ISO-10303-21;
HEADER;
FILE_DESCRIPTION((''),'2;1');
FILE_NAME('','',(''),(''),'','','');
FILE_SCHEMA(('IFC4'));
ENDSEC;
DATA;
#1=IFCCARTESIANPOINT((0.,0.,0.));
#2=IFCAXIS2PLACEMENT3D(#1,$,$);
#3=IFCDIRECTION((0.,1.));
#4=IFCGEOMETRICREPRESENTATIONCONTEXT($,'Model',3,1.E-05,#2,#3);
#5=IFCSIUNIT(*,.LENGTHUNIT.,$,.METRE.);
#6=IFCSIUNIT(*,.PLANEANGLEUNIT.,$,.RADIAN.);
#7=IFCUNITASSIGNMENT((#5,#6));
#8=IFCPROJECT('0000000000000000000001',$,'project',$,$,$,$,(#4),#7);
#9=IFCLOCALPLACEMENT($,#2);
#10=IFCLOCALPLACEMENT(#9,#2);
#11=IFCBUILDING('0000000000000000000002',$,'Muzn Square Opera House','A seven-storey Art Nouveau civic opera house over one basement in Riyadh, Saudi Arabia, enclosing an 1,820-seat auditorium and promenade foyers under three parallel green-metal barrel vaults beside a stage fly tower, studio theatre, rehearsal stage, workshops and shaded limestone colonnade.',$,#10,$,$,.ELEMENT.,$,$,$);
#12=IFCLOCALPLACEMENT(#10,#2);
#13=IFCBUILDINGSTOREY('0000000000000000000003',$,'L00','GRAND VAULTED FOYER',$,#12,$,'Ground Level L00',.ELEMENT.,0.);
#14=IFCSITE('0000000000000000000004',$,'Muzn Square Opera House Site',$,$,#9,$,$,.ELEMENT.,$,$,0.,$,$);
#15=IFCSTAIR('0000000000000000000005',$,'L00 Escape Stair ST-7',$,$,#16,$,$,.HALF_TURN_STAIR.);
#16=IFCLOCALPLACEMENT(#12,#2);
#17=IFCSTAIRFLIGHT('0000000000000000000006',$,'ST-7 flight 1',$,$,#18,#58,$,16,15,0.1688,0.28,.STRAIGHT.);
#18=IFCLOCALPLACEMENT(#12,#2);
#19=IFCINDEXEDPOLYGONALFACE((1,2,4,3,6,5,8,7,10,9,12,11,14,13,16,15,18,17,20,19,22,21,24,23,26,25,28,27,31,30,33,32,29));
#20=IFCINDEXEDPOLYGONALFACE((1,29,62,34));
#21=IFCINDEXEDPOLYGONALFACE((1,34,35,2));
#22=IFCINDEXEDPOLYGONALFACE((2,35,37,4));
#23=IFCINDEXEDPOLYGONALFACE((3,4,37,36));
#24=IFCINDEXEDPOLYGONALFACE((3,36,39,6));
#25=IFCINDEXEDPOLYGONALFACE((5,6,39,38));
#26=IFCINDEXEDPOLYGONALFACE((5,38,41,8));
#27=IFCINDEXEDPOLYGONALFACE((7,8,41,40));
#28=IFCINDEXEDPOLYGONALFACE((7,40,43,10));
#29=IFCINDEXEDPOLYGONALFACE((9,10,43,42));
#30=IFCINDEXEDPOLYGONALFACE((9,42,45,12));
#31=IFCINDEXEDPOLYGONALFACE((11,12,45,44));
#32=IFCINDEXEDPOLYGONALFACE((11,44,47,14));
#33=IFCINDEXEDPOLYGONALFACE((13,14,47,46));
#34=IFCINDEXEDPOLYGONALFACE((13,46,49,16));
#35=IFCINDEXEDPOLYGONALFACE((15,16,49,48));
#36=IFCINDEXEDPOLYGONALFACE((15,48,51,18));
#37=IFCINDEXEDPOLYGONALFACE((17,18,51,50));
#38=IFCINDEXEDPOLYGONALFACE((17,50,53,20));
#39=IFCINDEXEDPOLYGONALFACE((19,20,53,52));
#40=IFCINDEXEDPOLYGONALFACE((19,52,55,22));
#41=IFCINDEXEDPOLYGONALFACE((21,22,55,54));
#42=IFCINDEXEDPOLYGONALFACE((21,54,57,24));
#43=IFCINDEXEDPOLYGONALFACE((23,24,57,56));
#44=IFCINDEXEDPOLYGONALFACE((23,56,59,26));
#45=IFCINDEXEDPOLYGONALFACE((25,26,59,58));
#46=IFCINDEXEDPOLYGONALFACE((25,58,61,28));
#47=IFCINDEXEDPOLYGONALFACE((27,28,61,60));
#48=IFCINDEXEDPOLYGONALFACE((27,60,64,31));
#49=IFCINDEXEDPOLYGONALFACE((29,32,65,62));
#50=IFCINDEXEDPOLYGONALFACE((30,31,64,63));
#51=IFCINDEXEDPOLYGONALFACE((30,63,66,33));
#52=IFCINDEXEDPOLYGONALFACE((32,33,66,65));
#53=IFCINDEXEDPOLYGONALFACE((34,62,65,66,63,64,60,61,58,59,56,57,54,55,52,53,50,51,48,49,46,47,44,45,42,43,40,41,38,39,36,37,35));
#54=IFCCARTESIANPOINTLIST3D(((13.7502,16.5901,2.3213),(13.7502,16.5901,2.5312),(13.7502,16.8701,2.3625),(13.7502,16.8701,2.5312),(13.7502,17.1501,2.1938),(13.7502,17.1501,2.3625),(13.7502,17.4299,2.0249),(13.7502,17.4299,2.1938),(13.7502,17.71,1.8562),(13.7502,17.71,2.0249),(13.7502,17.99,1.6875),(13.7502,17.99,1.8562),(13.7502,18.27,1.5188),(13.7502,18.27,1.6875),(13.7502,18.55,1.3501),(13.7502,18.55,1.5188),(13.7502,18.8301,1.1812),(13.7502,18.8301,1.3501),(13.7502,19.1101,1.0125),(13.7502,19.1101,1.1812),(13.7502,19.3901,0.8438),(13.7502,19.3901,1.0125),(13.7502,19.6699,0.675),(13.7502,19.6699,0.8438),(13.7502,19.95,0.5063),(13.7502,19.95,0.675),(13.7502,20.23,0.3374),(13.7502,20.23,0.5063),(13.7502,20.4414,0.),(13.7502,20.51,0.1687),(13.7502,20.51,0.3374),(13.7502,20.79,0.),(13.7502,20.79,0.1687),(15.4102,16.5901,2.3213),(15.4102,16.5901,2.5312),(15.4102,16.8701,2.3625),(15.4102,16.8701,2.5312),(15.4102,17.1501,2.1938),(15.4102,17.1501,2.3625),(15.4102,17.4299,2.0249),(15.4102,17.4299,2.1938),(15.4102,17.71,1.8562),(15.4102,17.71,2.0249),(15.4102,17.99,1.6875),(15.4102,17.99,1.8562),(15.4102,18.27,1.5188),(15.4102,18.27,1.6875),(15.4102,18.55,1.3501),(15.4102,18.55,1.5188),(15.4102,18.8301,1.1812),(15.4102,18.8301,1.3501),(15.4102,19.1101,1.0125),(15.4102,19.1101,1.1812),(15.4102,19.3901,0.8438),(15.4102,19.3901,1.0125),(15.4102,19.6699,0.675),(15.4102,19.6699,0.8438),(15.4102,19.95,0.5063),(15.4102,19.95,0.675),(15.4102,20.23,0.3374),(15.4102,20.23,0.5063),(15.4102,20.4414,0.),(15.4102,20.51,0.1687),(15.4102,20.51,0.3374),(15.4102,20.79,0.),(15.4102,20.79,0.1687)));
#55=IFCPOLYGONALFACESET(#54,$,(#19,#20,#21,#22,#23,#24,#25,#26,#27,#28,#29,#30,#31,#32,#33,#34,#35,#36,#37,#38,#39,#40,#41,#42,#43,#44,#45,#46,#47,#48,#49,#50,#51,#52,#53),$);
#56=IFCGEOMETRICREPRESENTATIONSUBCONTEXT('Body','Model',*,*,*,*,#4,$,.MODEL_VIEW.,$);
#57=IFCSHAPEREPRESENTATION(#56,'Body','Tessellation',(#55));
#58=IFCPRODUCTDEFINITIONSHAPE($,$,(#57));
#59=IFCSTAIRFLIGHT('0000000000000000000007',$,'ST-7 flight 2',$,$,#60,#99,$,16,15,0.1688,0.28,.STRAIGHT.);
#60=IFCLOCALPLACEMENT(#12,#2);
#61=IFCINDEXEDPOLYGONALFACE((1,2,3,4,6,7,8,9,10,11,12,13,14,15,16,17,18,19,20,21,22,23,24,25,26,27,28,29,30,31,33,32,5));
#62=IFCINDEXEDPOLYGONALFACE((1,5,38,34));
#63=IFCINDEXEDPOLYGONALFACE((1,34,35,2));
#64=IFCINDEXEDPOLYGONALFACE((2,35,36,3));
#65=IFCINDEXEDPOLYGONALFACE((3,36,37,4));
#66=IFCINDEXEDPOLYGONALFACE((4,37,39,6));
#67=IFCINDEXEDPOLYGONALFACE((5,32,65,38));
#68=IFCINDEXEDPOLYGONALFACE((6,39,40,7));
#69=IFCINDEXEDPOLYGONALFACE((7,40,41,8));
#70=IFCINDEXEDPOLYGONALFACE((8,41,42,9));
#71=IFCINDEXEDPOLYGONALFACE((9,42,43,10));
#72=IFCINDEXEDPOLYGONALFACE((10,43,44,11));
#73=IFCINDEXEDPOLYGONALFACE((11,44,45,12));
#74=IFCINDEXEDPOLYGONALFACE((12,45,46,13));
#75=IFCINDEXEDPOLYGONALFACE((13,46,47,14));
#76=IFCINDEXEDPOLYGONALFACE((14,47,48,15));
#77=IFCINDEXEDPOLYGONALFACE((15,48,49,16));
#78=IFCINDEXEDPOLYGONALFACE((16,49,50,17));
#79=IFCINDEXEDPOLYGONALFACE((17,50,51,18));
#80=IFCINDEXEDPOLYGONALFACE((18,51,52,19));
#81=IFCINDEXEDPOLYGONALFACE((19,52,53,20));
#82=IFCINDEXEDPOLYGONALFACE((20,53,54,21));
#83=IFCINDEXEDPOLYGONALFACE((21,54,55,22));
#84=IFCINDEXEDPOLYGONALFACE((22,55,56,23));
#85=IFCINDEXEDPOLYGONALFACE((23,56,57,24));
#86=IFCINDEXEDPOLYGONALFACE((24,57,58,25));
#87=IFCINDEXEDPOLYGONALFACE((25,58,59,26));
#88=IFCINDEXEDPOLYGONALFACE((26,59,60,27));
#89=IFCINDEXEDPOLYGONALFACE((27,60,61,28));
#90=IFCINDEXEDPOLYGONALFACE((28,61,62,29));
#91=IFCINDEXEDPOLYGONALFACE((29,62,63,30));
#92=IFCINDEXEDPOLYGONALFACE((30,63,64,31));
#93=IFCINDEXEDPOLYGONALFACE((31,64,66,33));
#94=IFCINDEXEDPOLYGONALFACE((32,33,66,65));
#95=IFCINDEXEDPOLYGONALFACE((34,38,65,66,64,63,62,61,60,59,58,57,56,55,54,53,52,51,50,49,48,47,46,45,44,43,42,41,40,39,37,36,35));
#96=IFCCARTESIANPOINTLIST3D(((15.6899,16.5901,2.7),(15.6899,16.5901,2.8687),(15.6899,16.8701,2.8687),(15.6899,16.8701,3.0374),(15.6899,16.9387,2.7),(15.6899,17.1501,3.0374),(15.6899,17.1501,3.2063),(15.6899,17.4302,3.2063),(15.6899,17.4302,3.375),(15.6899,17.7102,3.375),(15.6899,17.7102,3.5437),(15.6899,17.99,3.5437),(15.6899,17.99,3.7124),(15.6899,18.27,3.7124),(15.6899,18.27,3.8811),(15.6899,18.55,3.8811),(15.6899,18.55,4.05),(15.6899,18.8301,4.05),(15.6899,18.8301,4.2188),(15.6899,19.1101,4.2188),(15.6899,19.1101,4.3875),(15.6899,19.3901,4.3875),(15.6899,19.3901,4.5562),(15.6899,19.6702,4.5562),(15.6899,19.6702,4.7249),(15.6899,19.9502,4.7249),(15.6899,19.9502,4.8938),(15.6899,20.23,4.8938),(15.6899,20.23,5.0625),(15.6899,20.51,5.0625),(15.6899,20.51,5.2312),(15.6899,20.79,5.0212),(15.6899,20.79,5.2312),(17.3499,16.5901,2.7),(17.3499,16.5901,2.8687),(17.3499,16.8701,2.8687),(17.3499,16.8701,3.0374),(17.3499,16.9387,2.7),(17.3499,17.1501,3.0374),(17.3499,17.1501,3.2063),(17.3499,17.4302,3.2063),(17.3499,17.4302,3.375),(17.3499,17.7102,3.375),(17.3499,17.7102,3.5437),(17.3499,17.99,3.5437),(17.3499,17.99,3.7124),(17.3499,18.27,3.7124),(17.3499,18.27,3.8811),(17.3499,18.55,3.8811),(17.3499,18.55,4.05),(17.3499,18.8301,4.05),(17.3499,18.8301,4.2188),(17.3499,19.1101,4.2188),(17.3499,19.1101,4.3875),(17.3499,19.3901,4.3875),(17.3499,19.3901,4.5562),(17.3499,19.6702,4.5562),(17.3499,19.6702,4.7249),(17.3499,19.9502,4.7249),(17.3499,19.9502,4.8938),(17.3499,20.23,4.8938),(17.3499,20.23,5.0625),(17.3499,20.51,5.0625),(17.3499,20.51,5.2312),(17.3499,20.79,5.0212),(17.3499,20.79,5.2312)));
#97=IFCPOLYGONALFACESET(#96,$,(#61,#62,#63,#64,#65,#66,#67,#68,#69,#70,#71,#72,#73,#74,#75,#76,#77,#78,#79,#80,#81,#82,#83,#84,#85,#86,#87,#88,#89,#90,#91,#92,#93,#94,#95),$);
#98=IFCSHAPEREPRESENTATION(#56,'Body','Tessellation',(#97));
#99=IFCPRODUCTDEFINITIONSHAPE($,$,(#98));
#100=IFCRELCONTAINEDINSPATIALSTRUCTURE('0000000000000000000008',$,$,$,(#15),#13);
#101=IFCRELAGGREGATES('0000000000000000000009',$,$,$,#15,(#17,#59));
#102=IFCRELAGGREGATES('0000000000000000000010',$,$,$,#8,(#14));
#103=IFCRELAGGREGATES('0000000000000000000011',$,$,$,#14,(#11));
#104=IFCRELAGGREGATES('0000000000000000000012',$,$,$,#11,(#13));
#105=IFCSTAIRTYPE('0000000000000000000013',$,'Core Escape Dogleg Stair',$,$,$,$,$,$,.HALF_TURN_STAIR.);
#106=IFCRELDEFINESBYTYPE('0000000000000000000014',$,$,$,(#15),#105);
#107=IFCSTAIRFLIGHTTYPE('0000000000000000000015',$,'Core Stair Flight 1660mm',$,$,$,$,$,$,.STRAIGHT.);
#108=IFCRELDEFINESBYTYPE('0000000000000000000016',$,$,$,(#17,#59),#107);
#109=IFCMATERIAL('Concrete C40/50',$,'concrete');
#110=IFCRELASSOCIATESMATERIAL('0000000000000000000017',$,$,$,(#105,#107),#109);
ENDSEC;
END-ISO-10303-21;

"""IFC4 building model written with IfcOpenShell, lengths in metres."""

from ifc_helpers import new_model, si_unit, direction, frame, origin, place, context, subcontext, project, spatial, polyline, outline, extrude, material, type_object, element, aggregate, save


model = new_model("IFC4")

# Units and contexts
model_context = context("Model", 3, precision=1e-05, world=origin(), true_north=direction((0.0, 1.0)))
body_context = subcontext(model_context, "Body", "Model", "MODEL_VIEW")
ifc_project = project(units=[si_unit("LENGTHUNIT", "METRE"), si_unit("PLANEANGLEUNIT", "RADIAN")], contexts=[model_context])

# Site, building, storey
site_placement = place(None, origin())
site = spatial("IfcSite", under=ifc_project, at=site_placement, Name="Muzn Square Opera House Site", CompositionType="ELEMENT", RefElevation=0.0)
building_placement = place(site_placement, origin())
building = spatial("IfcBuilding", under=site, at=building_placement, Name="Muzn Square Opera House", Description="A seven-storey Art Nouveau civic opera house over one basement in Riyadh, Saudi Arabia, enclosing an 1,820-seat auditorium and promenade foyers under three parallel green-metal barrel vaults beside a stage fly tower, studio theatre, rehearsal stage, workshops and shaded limestone colonnade.", CompositionType="ELEMENT")
storey_placement = place(building_placement, origin())
storey = spatial("IfcBuildingStorey", under=building, at=storey_placement, Name="L00", Description="GRAND VAULTED FOYER", LongName="Ground Level L00", CompositionType="ELEMENT", Elevation=0.0)

# Shared definitions
ifc_material_1 = material(Name="Concrete C40/50", Category="concrete")

# Stair, stair flights
stair_type = type_object("IfcStairType", Name="Core Escape Dogleg Stair", PredefinedType="HALF_TURN_STAIR", material=ifc_material_1)
stair_placement = place(storey_placement, origin())
stair = element("IfcStair", 1, at=stair_placement, inside=storey, type_object=stair_type, Name="L00 Escape Stair ST-7", PredefinedType="HALF_TURN_STAIR")
stair_flight_type = type_object("IfcStairFlightType", Name="Core Stair Flight 1660mm", PredefinedType="STRAIGHT", material=ifc_material_1)
stair_flight_1_placement = place(storey_placement, frame((14.5801, 20.79, 0.0), z_axis=(0.0, 0.0, 1.0), x_axis=(0.0, -1.0, 0.0)))
stair_flight_1 = element("IfcStairFlight", 2, at=stair_flight_1_placement, type_object=stair_flight_type, Name="ST-7 flight 1", NumberOfRisers=16, NumberOfTreads=15, PredefinedType="STRAIGHT", RiserHeight=0.1688, TreadLength=0.28, context=body_context, shape_type="SweptSolid", body=[
    extrude(outline(polyline([(0.0, 0.0), (0.0, 0.1687), (0.28, 0.1687), (0.28, 0.3374), (0.5601, 0.3374), (0.5601, 0.5063), (0.8401, 0.5063), (0.8401, 0.675), (1.1201, 0.675), (1.1201, 0.8438), (1.3999, 0.8438), (1.3999, 1.0125), (1.6799, 1.0125), (1.6799, 1.1812), (1.96, 1.1812), (1.96, 1.3501), (2.24, 1.3501), (2.24, 1.5188), (2.52, 1.5188), (2.52, 1.6875), (2.8, 1.6875), (2.8, 1.8562), (3.0801, 1.8562), (3.0801, 2.0249), (3.3601, 2.0249), (3.3601, 2.1938), (3.6399, 2.1938), (3.6399, 2.3625), (3.9199, 2.3625), (3.9199, 2.5312), (4.2, 2.5312), (4.2, 2.7), (4.2, 2.3213), (0.3486, 0.0), (0.0, 0.0)])), frame((0.0, 0.8301, 0.0), z_axis=(0.0, -1.0, 0.0), x_axis=(1.0, 0.0, 0.0)), (0.0, 0.0, 1.0), 1.6599),
])
stair_flight_2_placement = place(storey_placement, frame((16.52, 16.5901, 2.7), z_axis=(0.0, 0.0, 1.0), x_axis=(0.0, 1.0, 0.0)))
stair_flight_2 = element("IfcStairFlight", 3, at=stair_flight_2_placement, type_object=stair_flight_type, Name="ST-7 flight 2", NumberOfRisers=16, NumberOfTreads=15, PredefinedType="STRAIGHT", RiserHeight=0.1688, TreadLength=0.28, context=body_context, shape_type="SweptSolid", body=[
    extrude(outline(polyline([(0.0, 0.0), (0.0, 0.1687), (0.28, 0.1687), (0.28, 0.3374), (0.5601, 0.3374), (0.5601, 0.5063), (0.8401, 0.5063), (0.8401, 0.675), (1.1201, 0.675), (1.1201, 0.8438), (1.3999, 0.8438), (1.3999, 1.0125), (1.6799, 1.0125), (1.6799, 1.1812), (1.96, 1.1812), (1.96, 1.3501), (2.24, 1.3501), (2.24, 1.5188), (2.52, 1.5188), (2.52, 1.6875), (2.8, 1.6875), (2.8, 1.8562), (3.0801, 1.8562), (3.0801, 2.0249), (3.3601, 2.0249), (3.3601, 2.1938), (3.6399, 2.1938), (3.6399, 2.3625), (3.9199, 2.3625), (3.9199, 2.5312), (4.2, 2.5312), (4.2, 2.7), (4.2, 2.3213), (0.3486, 0.0), (0.0, 0.0)])), frame((0.0, 0.8301, 0.0), z_axis=(0.0, -1.0, 0.0), x_axis=(1.0, 0.0, 0.0)), (0.0, 0.0, 1.0), 1.6599),
])
aggregate(stair, [stair_flight_1, stair_flight_2])

save(model, "model.ifc")
